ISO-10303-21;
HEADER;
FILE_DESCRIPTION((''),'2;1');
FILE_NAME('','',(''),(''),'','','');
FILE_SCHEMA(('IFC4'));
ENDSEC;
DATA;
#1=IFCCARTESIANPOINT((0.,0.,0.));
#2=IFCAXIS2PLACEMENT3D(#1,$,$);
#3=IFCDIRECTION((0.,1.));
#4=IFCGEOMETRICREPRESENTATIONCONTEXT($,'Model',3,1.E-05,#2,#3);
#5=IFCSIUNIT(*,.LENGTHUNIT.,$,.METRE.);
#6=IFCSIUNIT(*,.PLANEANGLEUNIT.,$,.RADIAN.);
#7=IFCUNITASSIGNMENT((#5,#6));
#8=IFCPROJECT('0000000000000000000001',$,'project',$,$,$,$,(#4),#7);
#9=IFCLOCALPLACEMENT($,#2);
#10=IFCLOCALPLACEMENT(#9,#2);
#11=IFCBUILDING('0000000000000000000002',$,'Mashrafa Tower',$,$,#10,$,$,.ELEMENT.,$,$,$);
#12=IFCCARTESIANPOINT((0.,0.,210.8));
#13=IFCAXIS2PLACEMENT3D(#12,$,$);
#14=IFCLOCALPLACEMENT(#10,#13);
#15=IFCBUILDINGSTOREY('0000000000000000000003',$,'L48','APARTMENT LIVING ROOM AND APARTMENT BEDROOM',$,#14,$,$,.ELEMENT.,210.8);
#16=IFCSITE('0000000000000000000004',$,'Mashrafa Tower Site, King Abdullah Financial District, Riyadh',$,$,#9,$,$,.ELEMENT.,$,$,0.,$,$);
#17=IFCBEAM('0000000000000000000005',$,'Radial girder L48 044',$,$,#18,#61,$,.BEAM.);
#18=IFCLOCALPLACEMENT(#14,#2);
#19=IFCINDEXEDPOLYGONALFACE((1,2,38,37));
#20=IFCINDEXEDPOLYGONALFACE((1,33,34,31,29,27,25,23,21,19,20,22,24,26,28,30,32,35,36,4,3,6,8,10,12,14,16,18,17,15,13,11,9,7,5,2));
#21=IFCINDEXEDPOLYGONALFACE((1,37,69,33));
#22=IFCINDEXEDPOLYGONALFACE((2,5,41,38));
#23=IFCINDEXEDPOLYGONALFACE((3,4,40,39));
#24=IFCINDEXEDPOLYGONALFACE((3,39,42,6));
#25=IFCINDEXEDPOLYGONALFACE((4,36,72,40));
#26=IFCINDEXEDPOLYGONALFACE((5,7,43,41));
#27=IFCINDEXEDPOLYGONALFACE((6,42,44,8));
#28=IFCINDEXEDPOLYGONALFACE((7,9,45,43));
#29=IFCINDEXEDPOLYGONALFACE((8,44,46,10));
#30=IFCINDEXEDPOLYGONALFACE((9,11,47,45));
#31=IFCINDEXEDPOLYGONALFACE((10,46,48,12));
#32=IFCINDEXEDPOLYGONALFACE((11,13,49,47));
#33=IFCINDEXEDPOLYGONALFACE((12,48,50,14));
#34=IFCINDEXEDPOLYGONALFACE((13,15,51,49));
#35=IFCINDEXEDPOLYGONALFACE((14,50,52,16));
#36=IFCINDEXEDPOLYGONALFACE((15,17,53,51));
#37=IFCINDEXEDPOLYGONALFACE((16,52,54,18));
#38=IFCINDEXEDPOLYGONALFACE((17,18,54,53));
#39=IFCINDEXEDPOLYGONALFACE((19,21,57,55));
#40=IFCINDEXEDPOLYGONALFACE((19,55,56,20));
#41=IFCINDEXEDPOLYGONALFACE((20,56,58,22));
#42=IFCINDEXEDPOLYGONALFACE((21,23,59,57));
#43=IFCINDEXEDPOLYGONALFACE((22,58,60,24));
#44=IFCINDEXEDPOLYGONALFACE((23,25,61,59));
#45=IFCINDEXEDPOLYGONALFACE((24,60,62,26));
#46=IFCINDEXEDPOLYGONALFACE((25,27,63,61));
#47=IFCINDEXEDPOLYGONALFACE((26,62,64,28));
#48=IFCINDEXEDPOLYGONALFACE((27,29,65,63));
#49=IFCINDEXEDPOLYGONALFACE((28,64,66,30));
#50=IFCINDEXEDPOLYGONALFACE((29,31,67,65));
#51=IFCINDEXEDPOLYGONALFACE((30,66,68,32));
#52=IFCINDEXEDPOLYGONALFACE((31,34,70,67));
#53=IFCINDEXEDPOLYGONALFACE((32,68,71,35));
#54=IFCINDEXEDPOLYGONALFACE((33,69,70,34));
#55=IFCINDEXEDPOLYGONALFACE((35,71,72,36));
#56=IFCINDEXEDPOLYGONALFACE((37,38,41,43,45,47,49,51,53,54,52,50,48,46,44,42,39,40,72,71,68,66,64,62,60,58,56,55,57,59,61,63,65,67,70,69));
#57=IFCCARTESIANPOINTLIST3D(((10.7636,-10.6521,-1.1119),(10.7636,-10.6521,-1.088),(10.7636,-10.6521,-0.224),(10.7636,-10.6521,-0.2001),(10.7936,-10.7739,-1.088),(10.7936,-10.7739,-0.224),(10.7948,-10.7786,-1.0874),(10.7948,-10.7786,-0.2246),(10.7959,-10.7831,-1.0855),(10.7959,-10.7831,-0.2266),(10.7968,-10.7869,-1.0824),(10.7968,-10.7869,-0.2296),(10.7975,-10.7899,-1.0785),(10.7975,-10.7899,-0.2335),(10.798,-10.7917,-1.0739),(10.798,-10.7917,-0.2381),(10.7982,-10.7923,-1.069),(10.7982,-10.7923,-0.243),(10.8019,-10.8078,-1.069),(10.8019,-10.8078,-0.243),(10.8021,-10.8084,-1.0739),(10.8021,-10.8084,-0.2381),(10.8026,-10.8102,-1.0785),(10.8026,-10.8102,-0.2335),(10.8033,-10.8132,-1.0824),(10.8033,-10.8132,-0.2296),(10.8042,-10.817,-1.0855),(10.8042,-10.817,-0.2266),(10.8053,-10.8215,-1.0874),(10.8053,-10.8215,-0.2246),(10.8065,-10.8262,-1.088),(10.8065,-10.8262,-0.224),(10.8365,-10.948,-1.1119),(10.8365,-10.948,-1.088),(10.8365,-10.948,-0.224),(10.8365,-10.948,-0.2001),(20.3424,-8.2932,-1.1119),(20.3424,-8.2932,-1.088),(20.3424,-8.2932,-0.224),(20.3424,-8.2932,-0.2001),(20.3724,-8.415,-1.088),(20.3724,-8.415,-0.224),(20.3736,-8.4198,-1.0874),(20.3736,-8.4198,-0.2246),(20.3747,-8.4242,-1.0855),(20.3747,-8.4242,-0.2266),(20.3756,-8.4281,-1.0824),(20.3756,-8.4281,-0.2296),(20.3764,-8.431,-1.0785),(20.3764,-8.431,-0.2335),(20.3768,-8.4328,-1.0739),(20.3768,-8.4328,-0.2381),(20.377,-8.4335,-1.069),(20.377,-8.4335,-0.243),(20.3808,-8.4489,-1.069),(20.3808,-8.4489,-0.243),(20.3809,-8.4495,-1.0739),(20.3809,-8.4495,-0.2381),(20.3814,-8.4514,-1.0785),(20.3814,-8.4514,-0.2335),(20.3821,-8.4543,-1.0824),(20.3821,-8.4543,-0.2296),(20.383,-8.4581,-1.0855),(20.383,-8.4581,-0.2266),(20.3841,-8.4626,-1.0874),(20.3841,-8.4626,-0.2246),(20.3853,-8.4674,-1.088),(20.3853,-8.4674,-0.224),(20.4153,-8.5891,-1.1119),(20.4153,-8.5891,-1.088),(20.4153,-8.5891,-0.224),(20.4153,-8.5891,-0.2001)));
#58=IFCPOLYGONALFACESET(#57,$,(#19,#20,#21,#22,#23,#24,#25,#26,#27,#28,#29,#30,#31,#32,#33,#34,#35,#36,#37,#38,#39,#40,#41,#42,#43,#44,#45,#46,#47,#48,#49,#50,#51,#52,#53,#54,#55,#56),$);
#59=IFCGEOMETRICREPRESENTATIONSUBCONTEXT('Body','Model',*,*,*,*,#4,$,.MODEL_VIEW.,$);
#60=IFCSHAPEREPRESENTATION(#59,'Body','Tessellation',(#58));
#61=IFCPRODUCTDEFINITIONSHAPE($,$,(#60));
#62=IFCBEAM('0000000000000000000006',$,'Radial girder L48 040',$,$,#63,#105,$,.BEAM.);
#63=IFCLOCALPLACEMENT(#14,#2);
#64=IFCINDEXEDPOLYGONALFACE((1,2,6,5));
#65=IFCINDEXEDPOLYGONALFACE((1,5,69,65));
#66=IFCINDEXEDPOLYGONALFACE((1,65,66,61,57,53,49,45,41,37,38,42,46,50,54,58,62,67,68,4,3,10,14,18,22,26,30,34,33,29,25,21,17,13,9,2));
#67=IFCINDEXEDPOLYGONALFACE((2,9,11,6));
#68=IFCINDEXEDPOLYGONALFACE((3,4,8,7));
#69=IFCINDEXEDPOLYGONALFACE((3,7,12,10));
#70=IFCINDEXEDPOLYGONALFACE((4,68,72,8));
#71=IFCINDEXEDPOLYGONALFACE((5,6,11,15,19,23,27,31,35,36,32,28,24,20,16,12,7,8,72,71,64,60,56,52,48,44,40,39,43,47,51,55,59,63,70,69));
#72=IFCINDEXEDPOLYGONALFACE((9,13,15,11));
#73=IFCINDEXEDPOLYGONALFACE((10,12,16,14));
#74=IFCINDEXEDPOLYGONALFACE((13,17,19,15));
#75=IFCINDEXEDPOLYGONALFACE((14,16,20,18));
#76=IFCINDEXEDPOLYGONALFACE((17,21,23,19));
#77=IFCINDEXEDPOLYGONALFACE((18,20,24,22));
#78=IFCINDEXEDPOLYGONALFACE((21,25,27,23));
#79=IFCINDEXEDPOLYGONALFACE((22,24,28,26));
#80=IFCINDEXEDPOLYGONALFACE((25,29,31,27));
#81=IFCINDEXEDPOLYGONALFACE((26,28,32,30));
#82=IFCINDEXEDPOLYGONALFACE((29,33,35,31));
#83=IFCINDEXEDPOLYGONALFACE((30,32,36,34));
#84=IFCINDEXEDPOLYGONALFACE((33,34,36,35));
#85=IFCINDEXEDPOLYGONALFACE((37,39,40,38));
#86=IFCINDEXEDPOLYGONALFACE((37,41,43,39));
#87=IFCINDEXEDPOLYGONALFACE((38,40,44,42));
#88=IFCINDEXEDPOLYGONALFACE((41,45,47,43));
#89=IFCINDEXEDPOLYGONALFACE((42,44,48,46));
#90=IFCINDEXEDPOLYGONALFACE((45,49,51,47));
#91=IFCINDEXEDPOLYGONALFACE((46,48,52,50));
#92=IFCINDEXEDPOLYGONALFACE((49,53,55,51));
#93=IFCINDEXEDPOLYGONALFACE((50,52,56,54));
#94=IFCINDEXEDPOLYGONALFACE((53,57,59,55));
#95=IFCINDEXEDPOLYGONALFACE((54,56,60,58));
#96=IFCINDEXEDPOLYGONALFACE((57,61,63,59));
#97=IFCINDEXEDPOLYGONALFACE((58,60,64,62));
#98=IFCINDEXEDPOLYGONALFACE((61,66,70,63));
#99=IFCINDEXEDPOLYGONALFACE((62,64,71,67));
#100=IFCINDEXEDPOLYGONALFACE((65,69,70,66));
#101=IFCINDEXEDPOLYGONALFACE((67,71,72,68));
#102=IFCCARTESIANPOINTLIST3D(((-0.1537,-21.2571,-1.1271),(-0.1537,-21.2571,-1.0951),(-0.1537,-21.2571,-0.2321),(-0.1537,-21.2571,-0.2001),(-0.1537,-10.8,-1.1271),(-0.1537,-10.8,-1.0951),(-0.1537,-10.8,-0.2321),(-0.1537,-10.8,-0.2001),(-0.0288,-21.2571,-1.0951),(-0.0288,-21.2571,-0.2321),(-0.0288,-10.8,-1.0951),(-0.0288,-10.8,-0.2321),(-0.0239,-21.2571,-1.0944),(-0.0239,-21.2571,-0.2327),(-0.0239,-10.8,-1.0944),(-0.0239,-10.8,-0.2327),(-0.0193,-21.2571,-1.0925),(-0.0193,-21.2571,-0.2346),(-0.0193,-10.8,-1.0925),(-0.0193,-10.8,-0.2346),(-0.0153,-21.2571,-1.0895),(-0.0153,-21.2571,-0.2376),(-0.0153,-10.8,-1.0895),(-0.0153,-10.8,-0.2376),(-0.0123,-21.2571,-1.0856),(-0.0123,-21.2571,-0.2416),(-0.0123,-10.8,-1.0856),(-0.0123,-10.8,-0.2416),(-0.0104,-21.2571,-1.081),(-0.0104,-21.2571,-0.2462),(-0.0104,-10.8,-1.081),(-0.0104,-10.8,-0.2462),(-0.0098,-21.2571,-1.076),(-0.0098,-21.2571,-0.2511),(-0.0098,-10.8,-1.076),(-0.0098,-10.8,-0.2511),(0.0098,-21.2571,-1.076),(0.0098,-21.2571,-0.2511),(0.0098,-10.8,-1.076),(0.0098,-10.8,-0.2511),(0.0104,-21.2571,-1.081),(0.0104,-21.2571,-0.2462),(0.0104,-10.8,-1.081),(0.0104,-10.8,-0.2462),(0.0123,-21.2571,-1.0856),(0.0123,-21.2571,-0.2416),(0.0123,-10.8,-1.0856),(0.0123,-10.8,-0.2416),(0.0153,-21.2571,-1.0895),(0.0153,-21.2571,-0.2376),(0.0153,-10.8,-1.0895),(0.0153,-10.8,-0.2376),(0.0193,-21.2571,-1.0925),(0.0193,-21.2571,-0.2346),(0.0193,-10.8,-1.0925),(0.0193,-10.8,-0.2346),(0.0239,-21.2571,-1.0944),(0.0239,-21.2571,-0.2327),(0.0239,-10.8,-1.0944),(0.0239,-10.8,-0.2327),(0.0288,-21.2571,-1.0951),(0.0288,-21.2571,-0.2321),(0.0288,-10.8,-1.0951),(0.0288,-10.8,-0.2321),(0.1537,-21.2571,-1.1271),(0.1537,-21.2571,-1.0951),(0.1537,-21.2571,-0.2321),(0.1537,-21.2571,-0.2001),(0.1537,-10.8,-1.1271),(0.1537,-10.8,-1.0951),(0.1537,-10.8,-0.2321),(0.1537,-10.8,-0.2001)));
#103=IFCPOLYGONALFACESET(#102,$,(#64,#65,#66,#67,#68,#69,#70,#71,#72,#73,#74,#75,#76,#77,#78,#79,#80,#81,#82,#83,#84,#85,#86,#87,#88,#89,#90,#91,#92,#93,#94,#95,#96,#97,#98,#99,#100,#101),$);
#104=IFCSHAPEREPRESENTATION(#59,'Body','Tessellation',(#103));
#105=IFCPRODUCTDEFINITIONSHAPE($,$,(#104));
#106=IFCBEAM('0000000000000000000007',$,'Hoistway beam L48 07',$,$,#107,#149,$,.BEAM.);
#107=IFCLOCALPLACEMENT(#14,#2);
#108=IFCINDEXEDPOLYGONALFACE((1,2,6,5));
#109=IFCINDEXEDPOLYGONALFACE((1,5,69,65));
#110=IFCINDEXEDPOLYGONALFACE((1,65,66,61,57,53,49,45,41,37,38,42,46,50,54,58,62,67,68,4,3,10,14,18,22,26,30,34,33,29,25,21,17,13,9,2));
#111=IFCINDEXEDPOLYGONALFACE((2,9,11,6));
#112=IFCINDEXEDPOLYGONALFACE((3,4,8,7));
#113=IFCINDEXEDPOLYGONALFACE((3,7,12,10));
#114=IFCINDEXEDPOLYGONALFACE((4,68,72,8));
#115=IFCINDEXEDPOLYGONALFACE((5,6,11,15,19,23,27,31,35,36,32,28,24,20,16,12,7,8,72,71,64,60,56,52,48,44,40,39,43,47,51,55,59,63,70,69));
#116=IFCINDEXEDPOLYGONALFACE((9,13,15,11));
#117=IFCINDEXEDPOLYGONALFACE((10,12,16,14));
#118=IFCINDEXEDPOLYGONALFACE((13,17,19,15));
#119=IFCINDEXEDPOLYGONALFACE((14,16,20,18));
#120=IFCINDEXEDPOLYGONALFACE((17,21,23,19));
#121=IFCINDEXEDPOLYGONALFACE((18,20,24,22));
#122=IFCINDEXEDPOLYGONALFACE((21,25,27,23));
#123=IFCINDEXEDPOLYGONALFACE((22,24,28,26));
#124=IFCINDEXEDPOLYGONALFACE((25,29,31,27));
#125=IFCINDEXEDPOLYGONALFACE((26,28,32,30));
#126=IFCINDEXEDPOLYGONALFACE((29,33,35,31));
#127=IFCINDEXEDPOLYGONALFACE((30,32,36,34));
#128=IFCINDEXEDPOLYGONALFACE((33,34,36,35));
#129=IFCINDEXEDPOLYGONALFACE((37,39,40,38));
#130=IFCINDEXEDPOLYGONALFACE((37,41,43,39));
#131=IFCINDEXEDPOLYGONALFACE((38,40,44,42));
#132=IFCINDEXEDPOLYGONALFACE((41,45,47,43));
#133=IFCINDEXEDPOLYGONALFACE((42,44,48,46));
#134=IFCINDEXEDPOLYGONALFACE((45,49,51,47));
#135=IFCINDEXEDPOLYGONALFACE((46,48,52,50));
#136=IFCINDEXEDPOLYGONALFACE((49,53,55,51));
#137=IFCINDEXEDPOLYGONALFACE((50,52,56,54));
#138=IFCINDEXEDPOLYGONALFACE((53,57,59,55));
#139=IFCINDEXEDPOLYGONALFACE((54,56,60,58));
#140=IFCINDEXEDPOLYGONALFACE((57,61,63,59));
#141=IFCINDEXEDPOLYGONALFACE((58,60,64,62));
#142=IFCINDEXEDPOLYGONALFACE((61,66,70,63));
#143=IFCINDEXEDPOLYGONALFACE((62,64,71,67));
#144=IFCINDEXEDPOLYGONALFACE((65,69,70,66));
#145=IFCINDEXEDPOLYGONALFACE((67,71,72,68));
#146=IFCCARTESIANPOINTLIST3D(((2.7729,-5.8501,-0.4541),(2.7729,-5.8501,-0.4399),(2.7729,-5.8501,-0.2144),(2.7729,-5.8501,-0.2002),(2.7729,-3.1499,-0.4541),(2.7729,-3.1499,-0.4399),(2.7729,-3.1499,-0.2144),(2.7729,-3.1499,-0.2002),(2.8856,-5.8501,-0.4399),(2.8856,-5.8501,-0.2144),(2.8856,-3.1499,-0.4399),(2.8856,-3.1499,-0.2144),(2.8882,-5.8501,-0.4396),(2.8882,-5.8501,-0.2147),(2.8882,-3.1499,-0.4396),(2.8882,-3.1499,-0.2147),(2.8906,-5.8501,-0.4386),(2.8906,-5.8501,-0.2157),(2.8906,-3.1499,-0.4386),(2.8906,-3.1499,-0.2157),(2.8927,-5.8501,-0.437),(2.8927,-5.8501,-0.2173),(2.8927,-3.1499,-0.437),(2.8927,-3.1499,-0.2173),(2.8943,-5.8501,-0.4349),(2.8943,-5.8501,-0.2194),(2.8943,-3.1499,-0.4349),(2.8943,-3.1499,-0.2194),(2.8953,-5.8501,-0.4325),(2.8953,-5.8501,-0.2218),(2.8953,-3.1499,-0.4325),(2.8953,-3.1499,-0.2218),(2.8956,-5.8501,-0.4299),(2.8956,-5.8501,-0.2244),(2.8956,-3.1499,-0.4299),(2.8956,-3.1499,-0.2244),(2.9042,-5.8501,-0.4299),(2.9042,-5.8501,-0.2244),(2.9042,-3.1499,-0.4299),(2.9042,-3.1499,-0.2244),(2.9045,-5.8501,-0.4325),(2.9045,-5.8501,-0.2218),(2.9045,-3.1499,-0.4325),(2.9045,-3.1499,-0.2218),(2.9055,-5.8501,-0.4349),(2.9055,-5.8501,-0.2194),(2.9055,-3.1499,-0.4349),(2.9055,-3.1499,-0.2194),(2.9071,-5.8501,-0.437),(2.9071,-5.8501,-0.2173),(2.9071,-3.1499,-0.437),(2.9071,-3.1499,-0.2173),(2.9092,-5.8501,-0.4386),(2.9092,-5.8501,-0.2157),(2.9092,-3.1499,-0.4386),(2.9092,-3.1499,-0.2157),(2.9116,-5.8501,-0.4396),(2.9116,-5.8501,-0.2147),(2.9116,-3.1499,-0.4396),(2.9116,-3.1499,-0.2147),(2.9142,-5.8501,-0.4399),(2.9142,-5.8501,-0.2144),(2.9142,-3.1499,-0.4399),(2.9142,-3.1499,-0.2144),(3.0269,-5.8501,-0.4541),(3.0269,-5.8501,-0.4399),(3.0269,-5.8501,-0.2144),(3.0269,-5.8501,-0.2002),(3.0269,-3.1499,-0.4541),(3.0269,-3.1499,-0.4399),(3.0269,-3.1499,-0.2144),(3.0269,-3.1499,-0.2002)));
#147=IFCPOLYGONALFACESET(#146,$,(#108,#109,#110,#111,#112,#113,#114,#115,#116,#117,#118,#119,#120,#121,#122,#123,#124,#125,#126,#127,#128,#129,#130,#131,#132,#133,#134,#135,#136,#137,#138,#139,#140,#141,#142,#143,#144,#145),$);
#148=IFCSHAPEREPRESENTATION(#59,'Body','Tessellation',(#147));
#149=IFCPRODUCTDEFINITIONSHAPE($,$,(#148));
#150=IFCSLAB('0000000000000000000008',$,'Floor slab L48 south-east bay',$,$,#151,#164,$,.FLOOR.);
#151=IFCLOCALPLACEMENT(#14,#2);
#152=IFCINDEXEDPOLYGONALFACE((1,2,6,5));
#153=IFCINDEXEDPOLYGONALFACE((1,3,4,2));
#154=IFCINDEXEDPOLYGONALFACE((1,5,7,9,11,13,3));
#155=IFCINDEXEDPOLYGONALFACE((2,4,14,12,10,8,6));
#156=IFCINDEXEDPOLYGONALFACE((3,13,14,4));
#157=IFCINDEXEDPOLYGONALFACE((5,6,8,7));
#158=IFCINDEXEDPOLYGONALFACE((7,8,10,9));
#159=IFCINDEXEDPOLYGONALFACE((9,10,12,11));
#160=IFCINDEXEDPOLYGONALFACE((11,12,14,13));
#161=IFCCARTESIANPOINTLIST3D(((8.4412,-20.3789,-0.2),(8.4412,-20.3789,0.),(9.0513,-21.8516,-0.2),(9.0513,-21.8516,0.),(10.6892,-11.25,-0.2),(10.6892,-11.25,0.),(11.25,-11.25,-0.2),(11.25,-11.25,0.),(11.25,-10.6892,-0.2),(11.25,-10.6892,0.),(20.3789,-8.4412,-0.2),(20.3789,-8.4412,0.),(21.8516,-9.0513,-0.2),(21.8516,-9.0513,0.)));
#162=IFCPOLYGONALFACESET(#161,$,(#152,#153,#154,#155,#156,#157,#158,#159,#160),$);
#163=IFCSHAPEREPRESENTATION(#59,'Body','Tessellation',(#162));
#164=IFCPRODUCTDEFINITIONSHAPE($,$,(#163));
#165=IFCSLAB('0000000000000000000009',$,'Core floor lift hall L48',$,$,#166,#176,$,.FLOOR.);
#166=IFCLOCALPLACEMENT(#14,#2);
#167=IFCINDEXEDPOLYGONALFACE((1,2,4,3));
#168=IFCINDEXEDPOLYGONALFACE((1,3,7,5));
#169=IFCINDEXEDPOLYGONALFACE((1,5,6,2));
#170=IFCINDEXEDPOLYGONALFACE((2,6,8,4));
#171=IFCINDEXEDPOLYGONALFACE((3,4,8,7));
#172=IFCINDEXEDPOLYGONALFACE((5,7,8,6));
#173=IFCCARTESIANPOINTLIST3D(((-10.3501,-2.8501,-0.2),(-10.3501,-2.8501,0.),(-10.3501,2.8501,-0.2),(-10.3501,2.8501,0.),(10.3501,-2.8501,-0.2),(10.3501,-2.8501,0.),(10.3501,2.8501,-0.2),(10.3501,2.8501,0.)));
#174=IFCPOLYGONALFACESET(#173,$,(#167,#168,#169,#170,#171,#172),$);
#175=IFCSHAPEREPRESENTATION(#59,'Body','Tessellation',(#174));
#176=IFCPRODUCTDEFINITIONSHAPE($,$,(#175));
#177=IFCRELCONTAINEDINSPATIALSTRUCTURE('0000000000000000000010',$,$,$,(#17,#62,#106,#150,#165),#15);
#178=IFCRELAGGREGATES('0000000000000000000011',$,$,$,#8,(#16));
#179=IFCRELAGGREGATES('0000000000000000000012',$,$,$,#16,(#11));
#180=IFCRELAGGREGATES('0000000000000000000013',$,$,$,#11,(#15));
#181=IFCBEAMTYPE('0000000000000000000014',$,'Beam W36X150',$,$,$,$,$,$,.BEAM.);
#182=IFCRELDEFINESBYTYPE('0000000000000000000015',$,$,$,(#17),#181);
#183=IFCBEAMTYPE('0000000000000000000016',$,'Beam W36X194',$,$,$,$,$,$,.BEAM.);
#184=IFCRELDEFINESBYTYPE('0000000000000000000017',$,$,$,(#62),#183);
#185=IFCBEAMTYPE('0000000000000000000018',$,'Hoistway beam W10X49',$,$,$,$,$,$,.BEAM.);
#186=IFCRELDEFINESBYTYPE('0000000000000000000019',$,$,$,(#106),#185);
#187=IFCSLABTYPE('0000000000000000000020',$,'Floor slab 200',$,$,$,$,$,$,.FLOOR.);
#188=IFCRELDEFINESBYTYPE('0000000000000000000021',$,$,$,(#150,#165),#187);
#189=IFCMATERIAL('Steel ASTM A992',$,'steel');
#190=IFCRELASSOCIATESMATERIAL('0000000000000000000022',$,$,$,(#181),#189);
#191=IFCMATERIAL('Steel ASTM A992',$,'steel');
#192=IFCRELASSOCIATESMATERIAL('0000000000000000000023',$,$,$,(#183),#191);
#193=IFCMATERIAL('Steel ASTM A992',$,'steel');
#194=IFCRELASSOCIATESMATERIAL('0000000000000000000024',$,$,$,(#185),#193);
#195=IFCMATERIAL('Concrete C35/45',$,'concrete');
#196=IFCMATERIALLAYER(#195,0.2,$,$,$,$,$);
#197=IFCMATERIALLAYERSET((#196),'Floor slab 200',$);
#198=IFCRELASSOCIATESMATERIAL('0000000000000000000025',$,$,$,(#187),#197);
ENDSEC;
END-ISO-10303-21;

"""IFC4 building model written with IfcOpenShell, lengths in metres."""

from ifc_helpers import new_model, si_unit, direction, frame, origin, origin_2d, place, context, subcontext, project, spatial, polyline, i_section, outline, extrude, material, layer, layer_set, material_profile, profile_set, type_object, element, save


model = new_model("IFC4")

# Units and contexts
model_context = context("Model", 3, precision=1e-05, world=origin(), true_north=direction((0.0, 1.0)))
body_context = subcontext(model_context, "Body", "Model", "MODEL_VIEW")
ifc_project = project(units=[si_unit("LENGTHUNIT", "METRE"), si_unit("PLANEANGLEUNIT", "RADIAN")], contexts=[model_context])

# Site, building, storey
site_placement = place(None, origin())
site = spatial("IfcSite", under=ifc_project, at=site_placement, Name="Mashrafa Tower Site, King Abdullah Financial District, Riyadh", CompositionType="ELEMENT", RefElevation=0.0)
building_placement = place(site_placement, origin())
building = spatial("IfcBuilding", under=site, at=building_placement, Name="Mashrafa Tower", CompositionType="ELEMENT")
storey_placement = place(building_placement, frame((0.0, 0.0, 210.8)))
storey = spatial("IfcBuildingStorey", under=building, at=storey_placement, Name="L48", Description="APARTMENT LIVING ROOM AND APARTMENT BEDROOM", CompositionType="ELEMENT", Elevation=210.8)

# Beams
ifc_material_1 = material(Name="Steel ASTM A992", Category="steel")
ifc_material_profile_1 = material_profile(ifc_material_1, i_section(OverallWidth=0.3047, OverallDepth=0.9119, WebThickness=0.0159, FlangeThickness=0.0239, FilletRadius=0.019, at=origin_2d()), Name="W36X150")
ifc_profile_set_1 = profile_set([ifc_material_profile_1], Name="Steel ASTM A992")
beam_type_1 = type_object("IfcBeamType", Name="Beam W36X150", PredefinedType="BEAM", material=ifc_profile_set_1)
for number, where, z_axis, x_axis, name in (
    (1, (10.8, -10.8, -0.656), (0.970991, 0.239116, 0.0), (-0.239116, 0.970991, 0.0), "Radial girder L48 044"),
):
    element("IfcBeam", number, at=place(storey_placement, frame(where, z_axis=z_axis, x_axis=x_axis)), inside=storey, type_object=beam_type_1, Name=name, PredefinedType="BEAM", context=body_context, shape_type="SweptSolid", body=[
        extrude(i_section(OverallWidth=0.3047, OverallDepth=0.9119, WebThickness=0.0159, FlangeThickness=0.0239, FilletRadius=0.019, at=origin_2d()), origin(), (0.0, 0.0, 1.0), 9.865),
    ])
ifc_material_2 = material(Name="Steel ASTM A992", Category="steel")
ifc_material_profile_2 = material_profile(ifc_material_2, i_section(OverallWidth=0.3074, OverallDepth=0.927, WebThickness=0.0195, FlangeThickness=0.032, FilletRadius=0.019, at=origin_2d()), Name="W36X194")
ifc_profile_set_2 = profile_set([ifc_material_profile_2], Name="Steel ASTM A992")
beam_type_2 = type_object("IfcBeamType", Name="Beam W36X194", PredefinedType="BEAM", material=ifc_profile_set_2)
beam_1_placement = place(storey_placement, frame((0.0, -10.8, -0.6636), z_axis=(0.0, -1.0, 0.0), x_axis=(1.0, 0.0, 0.0)))
element("IfcBeam", 2, at=beam_1_placement, inside=storey, type_object=beam_type_2, Name="Radial girder L48 040", PredefinedType="BEAM", context=body_context, shape_type="SweptSolid", body=[
    extrude(i_section(OverallWidth=0.3074, OverallDepth=0.927, WebThickness=0.0195, FlangeThickness=0.032, FilletRadius=0.019, at=origin_2d()), origin(), (0.0, 0.0, 1.0), 10.457),
])
ifc_material_3 = material(Name="Steel ASTM A992", Category="steel")
ifc_material_profile_3 = material_profile(ifc_material_3, i_section(OverallWidth=0.2539, OverallDepth=0.2539, WebThickness=0.0085, FlangeThickness=0.0142, FilletRadius=0.01, at=origin_2d()), Name="W10X49")
ifc_profile_set_3 = profile_set([ifc_material_profile_3], Name="Steel ASTM A992")
beam_type_3 = type_object("IfcBeamType", Name="Hoistway beam W10X49", PredefinedType="BEAM", material=ifc_profile_set_3)
beam_2_placement = place(storey_placement, frame((2.8999, -5.8501, -0.3271), z_axis=(0.0, 1.0, 0.0), x_axis=(-1.0, 0.0, 0.0)))
element("IfcBeam", 3, at=beam_2_placement, inside=storey, type_object=beam_type_3, Name="Hoistway beam L48 07", PredefinedType="BEAM", context=body_context, shape_type="SweptSolid", body=[
    extrude(i_section(OverallWidth=0.2539, OverallDepth=0.2539, WebThickness=0.0085, FlangeThickness=0.0142, FilletRadius=0.01, at=origin_2d()), origin(), (0.0, 0.0, 1.0), 2.7002),
])

# Slabs
ifc_material_4 = material(Name="Concrete C35/45", Category="concrete")
ifc_layer_1 = layer(ifc_material_4, 0.2)
ifc_layer_set_1 = layer_set([ifc_layer_1], Name="Floor slab 200")
slab_type_1 = type_object("IfcSlabType", Name="Floor slab 200", PredefinedType="FLOOR", material=ifc_layer_set_1)
slab_1_placement = place(storey_placement, frame((0.0, 0.0, -0.2)))
element("IfcSlab", 4, at=slab_1_placement, inside=storey, type_object=slab_type_1, Name="Floor slab L48 south-east bay", PredefinedType="FLOOR", context=body_context, shape_type="SweptSolid", body=[
    extrude(outline(polyline([(9.0513, -21.8516), (8.4412, -20.3789), (10.6892, -11.25), (11.25, -11.25), (11.25, -10.6892), (20.3789, -8.4412), (21.8516, -9.0513), (21.8516, -9.0513), (9.0513, -21.8516), (9.0513, -21.8516)])), origin(), (0.0, 0.0, 1.0), 0.2),
])
slab_2_placement = place(storey_placement, frame((0.0, 0.0, -0.2)))
element("IfcSlab", 5, at=slab_2_placement, inside=storey, type_object=slab_type_1, Name="Core floor lift hall L48", PredefinedType="FLOOR", context=body_context, shape_type="SweptSolid", body=[
    extrude(outline(polyline([(-10.3501, 2.8501), (10.3501, 2.8501), (10.3501, -2.8501), (-10.3501, -2.8501), (-10.3501, 2.8501)])), origin(), (0.0, 0.0, 1.0), 0.2),
])

save(model, "model.ifc")
